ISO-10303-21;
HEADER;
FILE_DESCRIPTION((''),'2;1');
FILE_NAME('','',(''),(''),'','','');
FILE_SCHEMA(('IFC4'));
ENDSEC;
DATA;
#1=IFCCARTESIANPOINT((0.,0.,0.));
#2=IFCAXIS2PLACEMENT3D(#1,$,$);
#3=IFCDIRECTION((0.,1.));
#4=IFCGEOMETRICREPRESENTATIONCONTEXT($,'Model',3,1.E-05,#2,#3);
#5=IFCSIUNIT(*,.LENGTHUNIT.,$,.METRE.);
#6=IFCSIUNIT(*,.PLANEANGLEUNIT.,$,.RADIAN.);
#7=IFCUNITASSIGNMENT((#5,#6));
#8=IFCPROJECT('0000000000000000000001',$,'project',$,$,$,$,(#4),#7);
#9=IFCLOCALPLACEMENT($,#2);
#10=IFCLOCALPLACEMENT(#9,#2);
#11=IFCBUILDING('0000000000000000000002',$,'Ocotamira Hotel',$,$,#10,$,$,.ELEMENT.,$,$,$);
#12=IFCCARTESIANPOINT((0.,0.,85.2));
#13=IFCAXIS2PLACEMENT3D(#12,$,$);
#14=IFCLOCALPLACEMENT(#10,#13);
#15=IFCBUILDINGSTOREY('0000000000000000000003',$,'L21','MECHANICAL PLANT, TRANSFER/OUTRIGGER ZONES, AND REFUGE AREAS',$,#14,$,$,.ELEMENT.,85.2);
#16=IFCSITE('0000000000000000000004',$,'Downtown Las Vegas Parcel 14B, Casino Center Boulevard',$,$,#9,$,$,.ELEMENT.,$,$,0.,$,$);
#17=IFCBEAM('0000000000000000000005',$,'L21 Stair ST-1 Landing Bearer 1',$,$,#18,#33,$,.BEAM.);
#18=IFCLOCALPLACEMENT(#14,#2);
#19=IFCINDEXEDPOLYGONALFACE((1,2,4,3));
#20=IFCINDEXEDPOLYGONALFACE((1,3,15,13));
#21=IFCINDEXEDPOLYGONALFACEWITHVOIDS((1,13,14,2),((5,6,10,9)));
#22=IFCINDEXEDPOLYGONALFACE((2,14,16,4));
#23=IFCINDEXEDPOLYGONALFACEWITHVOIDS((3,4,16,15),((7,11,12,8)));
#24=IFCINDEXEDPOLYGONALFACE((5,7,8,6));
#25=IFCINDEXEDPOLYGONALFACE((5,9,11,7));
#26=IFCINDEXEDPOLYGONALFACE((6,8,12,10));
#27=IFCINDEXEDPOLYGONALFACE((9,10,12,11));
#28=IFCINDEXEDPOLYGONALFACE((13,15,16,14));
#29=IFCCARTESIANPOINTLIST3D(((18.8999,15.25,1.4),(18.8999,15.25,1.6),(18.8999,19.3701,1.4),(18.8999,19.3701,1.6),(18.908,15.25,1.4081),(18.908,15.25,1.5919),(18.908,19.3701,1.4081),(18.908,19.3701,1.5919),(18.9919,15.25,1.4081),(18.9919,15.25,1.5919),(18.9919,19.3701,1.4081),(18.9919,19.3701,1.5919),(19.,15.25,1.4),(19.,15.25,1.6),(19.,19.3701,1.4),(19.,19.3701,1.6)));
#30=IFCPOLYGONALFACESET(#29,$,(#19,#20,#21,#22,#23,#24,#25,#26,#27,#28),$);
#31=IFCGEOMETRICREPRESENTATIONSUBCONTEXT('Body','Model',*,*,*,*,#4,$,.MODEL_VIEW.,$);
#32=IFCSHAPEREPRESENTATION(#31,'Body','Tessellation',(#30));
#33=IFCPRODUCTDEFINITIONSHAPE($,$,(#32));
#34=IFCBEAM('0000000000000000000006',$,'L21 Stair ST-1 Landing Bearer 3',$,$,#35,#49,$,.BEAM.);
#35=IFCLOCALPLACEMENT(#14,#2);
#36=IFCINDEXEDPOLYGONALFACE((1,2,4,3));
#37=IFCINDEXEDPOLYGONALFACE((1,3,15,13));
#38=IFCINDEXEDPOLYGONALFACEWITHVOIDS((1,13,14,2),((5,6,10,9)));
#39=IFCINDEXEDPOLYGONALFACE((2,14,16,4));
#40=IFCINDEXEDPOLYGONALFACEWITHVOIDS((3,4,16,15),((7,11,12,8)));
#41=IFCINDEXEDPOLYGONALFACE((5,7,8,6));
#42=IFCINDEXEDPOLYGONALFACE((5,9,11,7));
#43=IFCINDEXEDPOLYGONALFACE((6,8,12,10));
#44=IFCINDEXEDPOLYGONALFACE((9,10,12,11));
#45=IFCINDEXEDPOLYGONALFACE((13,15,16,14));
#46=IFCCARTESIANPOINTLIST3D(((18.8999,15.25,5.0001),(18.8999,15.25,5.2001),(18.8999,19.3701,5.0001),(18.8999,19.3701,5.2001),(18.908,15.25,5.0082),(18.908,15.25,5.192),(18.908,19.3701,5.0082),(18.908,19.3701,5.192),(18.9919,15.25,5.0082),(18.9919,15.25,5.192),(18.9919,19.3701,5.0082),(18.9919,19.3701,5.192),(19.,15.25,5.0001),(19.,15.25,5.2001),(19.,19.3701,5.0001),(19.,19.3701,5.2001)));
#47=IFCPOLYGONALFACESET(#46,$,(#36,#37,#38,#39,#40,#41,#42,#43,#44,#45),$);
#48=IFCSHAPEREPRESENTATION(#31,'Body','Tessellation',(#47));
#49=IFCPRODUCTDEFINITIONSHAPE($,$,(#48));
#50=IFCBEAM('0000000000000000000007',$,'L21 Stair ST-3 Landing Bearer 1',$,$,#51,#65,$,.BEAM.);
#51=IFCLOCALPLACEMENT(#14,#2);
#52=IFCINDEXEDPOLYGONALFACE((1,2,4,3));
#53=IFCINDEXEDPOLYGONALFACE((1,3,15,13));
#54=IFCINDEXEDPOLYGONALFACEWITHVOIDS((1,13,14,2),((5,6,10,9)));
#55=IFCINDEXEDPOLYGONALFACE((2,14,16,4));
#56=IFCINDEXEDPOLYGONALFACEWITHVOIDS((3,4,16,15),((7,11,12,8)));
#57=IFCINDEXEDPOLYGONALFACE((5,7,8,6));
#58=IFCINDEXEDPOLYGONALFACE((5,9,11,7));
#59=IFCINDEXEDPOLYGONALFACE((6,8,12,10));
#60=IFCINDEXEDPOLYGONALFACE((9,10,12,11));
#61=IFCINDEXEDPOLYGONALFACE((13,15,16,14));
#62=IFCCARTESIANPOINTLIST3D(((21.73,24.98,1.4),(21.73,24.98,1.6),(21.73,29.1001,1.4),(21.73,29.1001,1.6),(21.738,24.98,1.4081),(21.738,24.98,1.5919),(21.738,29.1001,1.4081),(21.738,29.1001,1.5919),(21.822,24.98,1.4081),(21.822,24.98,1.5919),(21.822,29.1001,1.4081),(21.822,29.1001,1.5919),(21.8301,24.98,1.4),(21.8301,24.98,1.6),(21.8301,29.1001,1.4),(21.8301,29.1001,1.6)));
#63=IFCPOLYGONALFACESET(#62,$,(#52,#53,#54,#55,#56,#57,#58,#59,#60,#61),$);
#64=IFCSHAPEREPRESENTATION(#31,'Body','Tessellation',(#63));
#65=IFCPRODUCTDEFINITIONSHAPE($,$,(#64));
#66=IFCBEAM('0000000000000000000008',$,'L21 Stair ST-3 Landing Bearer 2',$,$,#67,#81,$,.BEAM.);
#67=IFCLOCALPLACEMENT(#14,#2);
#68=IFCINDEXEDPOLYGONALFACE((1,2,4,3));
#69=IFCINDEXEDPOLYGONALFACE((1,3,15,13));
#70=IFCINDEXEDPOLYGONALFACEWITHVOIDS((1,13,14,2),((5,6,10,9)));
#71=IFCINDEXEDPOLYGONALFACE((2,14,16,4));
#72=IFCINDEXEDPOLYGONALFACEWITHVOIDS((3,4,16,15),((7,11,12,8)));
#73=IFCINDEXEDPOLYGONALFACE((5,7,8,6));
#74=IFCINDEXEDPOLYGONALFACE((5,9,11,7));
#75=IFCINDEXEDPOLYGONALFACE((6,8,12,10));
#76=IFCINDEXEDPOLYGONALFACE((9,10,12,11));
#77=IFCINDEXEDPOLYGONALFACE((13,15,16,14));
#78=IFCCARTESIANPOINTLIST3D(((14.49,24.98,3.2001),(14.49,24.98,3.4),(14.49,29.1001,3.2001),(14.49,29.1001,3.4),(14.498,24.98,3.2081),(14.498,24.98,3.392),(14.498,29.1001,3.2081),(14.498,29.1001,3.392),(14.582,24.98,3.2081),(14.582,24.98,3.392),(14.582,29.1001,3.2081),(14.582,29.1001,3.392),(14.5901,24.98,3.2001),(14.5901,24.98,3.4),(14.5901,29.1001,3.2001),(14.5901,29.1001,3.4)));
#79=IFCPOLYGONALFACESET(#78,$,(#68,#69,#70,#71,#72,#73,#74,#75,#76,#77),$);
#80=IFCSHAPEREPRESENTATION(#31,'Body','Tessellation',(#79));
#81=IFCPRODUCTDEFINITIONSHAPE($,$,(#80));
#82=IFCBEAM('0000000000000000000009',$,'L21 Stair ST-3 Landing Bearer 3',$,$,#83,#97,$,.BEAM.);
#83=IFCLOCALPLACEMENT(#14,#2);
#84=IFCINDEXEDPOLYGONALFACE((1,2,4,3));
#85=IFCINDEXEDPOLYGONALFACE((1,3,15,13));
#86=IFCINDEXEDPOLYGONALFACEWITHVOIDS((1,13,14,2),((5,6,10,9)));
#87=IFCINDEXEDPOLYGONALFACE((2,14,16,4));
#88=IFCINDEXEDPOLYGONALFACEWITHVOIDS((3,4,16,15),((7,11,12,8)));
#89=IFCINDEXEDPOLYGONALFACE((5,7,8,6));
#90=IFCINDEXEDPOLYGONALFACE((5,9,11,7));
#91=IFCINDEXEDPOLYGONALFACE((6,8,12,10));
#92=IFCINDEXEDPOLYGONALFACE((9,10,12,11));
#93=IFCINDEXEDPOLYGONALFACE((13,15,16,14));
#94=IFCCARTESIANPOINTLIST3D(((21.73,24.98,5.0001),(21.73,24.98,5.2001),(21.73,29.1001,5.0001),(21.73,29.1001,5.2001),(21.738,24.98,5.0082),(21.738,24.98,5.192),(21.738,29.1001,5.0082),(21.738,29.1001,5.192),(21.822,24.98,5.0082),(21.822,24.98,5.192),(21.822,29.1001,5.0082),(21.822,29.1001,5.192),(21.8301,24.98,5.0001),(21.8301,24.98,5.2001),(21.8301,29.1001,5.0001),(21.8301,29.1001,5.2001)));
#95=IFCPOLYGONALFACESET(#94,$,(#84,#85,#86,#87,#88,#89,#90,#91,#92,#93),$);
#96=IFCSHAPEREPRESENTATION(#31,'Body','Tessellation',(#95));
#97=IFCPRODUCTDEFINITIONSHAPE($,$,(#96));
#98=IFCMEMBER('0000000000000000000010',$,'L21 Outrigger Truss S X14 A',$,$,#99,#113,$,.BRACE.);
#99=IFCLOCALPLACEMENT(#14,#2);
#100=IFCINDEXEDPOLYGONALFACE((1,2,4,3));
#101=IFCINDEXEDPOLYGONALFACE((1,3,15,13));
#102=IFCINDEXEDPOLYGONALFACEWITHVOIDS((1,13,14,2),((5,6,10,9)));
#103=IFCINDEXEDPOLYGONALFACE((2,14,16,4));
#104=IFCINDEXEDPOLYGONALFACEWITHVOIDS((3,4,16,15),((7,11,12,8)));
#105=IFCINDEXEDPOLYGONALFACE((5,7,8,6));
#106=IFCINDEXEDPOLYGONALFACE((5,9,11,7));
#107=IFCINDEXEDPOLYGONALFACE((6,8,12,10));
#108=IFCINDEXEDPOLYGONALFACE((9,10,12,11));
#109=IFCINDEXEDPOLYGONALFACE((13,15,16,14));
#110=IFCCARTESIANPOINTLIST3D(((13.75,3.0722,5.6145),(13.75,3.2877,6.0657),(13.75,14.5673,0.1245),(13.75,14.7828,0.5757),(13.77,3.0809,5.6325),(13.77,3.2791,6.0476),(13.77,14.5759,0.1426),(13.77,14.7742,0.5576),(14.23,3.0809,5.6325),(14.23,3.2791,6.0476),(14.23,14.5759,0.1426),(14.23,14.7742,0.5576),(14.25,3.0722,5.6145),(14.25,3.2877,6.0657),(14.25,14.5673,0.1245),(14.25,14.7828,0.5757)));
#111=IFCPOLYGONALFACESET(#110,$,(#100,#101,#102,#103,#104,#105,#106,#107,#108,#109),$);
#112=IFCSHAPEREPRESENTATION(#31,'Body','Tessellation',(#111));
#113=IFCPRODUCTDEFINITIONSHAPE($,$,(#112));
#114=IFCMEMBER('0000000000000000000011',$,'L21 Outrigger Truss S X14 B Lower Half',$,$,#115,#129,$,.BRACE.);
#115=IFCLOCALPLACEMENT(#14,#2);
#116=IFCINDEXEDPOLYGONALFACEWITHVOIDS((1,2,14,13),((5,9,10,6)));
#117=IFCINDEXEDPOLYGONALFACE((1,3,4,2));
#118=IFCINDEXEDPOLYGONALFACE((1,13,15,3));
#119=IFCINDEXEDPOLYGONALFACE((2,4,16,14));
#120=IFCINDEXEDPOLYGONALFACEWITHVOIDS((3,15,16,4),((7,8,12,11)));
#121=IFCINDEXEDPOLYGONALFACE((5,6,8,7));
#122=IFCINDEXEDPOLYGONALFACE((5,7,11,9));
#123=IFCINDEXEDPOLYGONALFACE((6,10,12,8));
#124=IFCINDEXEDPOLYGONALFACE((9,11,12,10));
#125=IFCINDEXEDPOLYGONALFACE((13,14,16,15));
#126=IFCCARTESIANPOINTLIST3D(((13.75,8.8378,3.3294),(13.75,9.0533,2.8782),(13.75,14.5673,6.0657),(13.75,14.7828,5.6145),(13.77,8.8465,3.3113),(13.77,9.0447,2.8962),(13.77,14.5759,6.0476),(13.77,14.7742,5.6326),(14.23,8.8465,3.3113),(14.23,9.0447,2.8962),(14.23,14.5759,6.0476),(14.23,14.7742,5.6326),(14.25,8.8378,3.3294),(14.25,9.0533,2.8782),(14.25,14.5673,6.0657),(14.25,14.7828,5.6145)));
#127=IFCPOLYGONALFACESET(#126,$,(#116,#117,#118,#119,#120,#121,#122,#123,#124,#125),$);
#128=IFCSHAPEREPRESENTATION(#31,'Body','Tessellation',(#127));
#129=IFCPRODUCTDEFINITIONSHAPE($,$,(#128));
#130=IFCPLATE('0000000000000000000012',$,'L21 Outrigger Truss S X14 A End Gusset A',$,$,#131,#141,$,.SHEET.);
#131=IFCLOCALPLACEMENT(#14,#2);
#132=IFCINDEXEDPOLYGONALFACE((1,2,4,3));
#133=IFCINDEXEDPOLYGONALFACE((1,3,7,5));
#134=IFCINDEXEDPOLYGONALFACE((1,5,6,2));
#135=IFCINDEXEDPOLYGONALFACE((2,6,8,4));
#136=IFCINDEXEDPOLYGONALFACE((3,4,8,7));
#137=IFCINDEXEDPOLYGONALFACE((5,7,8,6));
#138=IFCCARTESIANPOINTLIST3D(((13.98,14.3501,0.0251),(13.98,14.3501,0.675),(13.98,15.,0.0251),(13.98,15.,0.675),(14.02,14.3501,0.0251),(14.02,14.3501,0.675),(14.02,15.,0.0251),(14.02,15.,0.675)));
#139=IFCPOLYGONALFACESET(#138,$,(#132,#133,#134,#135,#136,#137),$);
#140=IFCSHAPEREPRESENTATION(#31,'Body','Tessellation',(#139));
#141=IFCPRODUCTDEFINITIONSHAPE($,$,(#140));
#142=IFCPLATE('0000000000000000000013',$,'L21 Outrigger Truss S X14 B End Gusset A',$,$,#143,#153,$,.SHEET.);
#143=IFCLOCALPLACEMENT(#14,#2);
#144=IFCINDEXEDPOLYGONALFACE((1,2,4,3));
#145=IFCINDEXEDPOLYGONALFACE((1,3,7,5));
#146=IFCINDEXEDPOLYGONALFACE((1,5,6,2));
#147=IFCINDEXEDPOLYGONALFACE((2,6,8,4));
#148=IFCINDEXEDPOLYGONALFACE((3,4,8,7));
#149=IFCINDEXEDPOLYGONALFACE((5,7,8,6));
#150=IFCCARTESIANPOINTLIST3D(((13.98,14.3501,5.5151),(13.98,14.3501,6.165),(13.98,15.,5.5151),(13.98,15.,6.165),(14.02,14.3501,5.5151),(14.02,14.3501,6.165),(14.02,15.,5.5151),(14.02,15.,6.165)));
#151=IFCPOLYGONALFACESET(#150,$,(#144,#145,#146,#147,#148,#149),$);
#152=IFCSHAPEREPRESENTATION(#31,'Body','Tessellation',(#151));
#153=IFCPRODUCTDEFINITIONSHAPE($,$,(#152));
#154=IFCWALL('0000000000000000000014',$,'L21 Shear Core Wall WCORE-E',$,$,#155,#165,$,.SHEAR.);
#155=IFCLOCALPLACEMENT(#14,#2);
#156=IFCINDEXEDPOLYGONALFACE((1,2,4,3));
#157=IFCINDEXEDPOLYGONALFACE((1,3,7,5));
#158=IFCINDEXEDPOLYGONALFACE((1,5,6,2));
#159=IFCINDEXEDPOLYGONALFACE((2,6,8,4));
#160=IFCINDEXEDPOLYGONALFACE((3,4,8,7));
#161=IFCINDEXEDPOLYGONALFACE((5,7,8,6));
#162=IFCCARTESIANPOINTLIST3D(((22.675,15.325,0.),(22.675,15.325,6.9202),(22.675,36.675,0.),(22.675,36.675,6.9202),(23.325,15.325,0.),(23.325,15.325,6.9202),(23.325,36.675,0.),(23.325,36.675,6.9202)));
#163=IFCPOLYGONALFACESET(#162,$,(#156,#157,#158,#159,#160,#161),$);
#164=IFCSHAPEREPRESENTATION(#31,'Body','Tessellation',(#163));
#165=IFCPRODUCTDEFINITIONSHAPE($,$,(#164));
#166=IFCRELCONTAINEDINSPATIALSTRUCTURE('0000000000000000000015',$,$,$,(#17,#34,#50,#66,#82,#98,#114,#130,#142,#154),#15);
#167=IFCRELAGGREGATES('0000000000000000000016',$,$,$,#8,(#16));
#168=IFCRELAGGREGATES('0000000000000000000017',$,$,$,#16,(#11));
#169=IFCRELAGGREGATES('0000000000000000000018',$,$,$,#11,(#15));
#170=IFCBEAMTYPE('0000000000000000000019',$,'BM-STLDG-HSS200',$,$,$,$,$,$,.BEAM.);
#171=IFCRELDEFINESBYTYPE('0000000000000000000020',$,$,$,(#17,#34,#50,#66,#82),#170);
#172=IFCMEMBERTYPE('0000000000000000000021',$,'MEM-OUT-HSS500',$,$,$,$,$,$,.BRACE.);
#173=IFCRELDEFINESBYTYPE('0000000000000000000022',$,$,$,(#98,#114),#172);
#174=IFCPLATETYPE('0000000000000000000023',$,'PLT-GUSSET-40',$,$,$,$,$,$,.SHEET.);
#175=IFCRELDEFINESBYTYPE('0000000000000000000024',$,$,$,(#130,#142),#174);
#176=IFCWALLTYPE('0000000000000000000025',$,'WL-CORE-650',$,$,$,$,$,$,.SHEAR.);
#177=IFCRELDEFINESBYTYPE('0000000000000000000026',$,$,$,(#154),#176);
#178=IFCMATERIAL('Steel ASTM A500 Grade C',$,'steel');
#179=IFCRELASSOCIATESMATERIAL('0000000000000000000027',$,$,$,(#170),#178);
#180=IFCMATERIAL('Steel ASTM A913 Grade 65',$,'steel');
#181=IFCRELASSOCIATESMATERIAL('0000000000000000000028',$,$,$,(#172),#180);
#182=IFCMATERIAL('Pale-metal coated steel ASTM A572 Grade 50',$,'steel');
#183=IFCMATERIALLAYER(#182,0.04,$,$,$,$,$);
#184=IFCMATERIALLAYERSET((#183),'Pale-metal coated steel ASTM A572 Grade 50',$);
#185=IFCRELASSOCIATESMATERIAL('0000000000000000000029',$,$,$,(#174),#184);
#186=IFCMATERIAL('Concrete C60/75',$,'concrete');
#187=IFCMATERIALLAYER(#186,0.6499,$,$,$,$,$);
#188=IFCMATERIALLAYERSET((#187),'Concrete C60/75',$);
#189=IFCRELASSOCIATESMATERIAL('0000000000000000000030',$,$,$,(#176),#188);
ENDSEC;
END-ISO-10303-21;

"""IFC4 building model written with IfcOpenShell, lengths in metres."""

from ifc_helpers import new_model, si_unit, direction, frame, frame_2d, origin, origin_2d, place, context, subcontext, project, spatial, rectangle, hollow_rectangle, extrude, source, transform, mapped, material, layer, layer_set, material_profile, profile_set, type_object, element, save


model = new_model("IFC4")

# Units and contexts
model_context = context("Model", 3, precision=1e-05, world=origin(), true_north=direction((0.0, 1.0)))
body_context = subcontext(model_context, "Body", "Model", "MODEL_VIEW")
ifc_project = project(units=[si_unit("LENGTHUNIT", "METRE"), si_unit("PLANEANGLEUNIT", "RADIAN")], contexts=[model_context])

# Site, building, storey
site_placement = place(None, origin())
site = spatial("IfcSite", under=ifc_project, at=site_placement, Name="Downtown Las Vegas Parcel 14B, Casino Center Boulevard", CompositionType="ELEMENT", RefElevation=0.0)
building_placement = place(site_placement, origin())
building = spatial("IfcBuilding", under=site, at=building_placement, Name="Ocotamira Hotel", CompositionType="ELEMENT")
storey_placement = place(building_placement, frame((0.0, 0.0, 85.2)))
storey = spatial("IfcBuildingStorey", under=building, at=storey_placement, Name="L21", Description="MECHANICAL PLANT, TRANSFER/OUTRIGGER ZONES, AND REFUGE AREAS", CompositionType="ELEMENT", Elevation=85.2)

# Beams
ifc_material_1 = material(Name="Steel ASTM A500 Grade C", Category="steel")
ifc_material_profile_1 = material_profile(ifc_material_1, hollow_rectangle(XDim=0.1001, YDim=0.2, WallThickness=0.0081, at=origin_2d()), Name="HSS200X100X8")
ifc_profile_set_1 = profile_set([ifc_material_profile_1], Name="Steel ASTM A500 Grade C")
beam_type = type_object("IfcBeamType", Name="BM-STLDG-HSS200", PredefinedType="BEAM", material=ifc_profile_set_1)
shared_shape_1 = source(origin(), body_context, "Body", "SweptSolid", [
    extrude(hollow_rectangle(XDim=0.1001, YDim=0.2, WallThickness=0.0081, at=origin_2d()), origin(), (0.0, 0.0, 1.0), 4.1201),
])
for number, where, z_axis, x_axis, name in (
    (1, (18.95, 15.25, 1.5), (0.0, 1.0, 0.0), (-1.0, 0.0, 0.0), "L21 Stair ST-1 Landing Bearer 1"),
    (2, (18.95, 15.25, 5.1001), (0.0, 1.0, 0.0), (-1.0, 0.0, 0.0), "L21 Stair ST-1 Landing Bearer 3"),
    (3, (21.78, 24.98, 1.5), (0.0, 1.0, 0.0), (-1.0, 0.0, 0.0), "L21 Stair ST-3 Landing Bearer 1"),
    (4, (14.54, 24.98, 3.3), (0.0, 1.0, 0.0), (-1.0, 0.0, 0.0), "L21 Stair ST-3 Landing Bearer 2"),
    (5, (21.78, 24.98, 5.1001), (0.0, 1.0, 0.0), (-1.0, 0.0, 0.0), "L21 Stair ST-3 Landing Bearer 3"),
):
    element("IfcBeam", number, at=place(storey_placement, frame(where, z_axis=z_axis, x_axis=x_axis)), inside=storey, type_object=beam_type, Name=name, PredefinedType="BEAM", context=body_context, shape_type="MappedRepresentation", body=[
        mapped(shared_shape_1, transform((0.0, 0.0, 0.0), scale=1.0)),
    ])

# Members
ifc_material_2 = material(Name="Steel ASTM A913 Grade 65", Category="steel")
ifc_material_profile_2 = material_profile(ifc_material_2, hollow_rectangle(XDim=0.5, YDim=0.5, WallThickness=0.02, at=origin_2d()), Name="HSS500X500X20")
ifc_profile_set_2 = profile_set([ifc_material_profile_2], Name="Steel ASTM A913 Grade 65")
member_type = type_object("IfcMemberType", Name="MEM-OUT-HSS500", PredefinedType="BRACE", material=ifc_profile_set_2)
shared_shape_2 = source(origin(), body_context, "Body", "SweptSolid", [
    extrude(hollow_rectangle(XDim=0.5, YDim=0.5, WallThickness=0.02, at=origin_2d()), origin(), (0.0, 0.0, 1.0), 12.7388),
])
member_1_placement = place(storey_placement, frame((14.0, 14.675, 0.3501), z_axis=(0.0, -0.902369, 0.430965), x_axis=(1.0, 0.0, 0.0)))
element("IfcMember", 6, at=member_1_placement, inside=storey, type_object=member_type, Name="L21 Outrigger Truss S X14 A", PredefinedType="BRACE", context=body_context, shape_type="MappedRepresentation", body=[
    mapped(shared_shape_2, transform((0.0, 0.0, 0.0), scale=1.0)),
])
shared_shape_3 = source(origin(), body_context, "Body", "SweptSolid", [
    extrude(hollow_rectangle(XDim=0.5, YDim=0.5, WallThickness=0.02, at=origin_2d()), origin(), (0.0, 0.0, 1.0), 6.3494),
])
member_2_placement = place(storey_placement, frame((14.0, 14.675, 5.8401), z_axis=(0.0, -0.902371, -0.43096), x_axis=(1.0, 0.0, 0.0)))
element("IfcMember", 7, at=member_2_placement, inside=storey, type_object=member_type, Name="L21 Outrigger Truss S X14 B Lower Half", PredefinedType="BRACE", context=body_context, shape_type="MappedRepresentation", body=[
    mapped(shared_shape_3, transform((0.0, 0.0, 0.0), scale=1.0)),
])

# Plates
ifc_material_3 = material(Name="Pale-metal coated steel ASTM A572 Grade 50", Category="steel")
ifc_layer_1 = layer(ifc_material_3, 0.04)
ifc_layer_set_1 = layer_set([ifc_layer_1], Name="Pale-metal coated steel ASTM A572 Grade 50")
plate_type = type_object("IfcPlateType", Name="PLT-GUSSET-40", PredefinedType="SHEET", material=ifc_layer_set_1)
shared_shape_4 = source(origin(), body_context, "Body", "SweptSolid", [
    extrude(rectangle(XDim=0.04, YDim=0.6499, at=origin_2d()), origin(), (0.0, 0.0, 1.0), 0.6499),
])
for number, where, z_axis, x_axis, name in (
    (8, (14.0, 14.675, 0.0251), (0.0, 0.0, 1.0), (1.0, 0.0, 0.0), "L21 Outrigger Truss S X14 A End Gusset A"),
    (9, (14.0, 14.675, 5.5151), (0.0, 0.0, 1.0), (1.0, 0.0, 0.0), "L21 Outrigger Truss S X14 B End Gusset A"),
):
    element("IfcPlate", number, at=place(storey_placement, frame(where, z_axis=z_axis, x_axis=x_axis)), inside=storey, type_object=plate_type, Name=name, PredefinedType="SHEET", context=body_context, shape_type="MappedRepresentation", body=[
        mapped(shared_shape_4, transform((0.0, 0.0, 0.0), scale=1.0)),
    ])

# Wall
ifc_material_4 = material(Name="Concrete C60/75", Category="concrete")
ifc_layer_2 = layer(ifc_material_4, 0.6499)
ifc_layer_set_2 = layer_set([ifc_layer_2], Name="Concrete C60/75")
wall_type_1 = type_object("IfcWallType", Name="WL-CORE-650", PredefinedType="SHEAR", material=ifc_layer_set_2)
wall_1_placement = place(storey_placement, frame((23.0, 15.325, 0.0), z_axis=(0.0, 0.0, 1.0), x_axis=(0.0, 1.0, 0.0)))
element("IfcWall", 10, at=wall_1_placement, inside=storey, type_object=wall_type_1, Name="L21 Shear Core Wall WCORE-E", PredefinedType="SHEAR", context=body_context, shape_type="SweptSolid", body=[
    extrude(rectangle(XDim=21.3501, YDim=0.6499, at=frame_2d((10.675, 0.0))), origin(), (0.0, 0.0, 1.0), 6.9202),
])

save(model, "model.ifc")
